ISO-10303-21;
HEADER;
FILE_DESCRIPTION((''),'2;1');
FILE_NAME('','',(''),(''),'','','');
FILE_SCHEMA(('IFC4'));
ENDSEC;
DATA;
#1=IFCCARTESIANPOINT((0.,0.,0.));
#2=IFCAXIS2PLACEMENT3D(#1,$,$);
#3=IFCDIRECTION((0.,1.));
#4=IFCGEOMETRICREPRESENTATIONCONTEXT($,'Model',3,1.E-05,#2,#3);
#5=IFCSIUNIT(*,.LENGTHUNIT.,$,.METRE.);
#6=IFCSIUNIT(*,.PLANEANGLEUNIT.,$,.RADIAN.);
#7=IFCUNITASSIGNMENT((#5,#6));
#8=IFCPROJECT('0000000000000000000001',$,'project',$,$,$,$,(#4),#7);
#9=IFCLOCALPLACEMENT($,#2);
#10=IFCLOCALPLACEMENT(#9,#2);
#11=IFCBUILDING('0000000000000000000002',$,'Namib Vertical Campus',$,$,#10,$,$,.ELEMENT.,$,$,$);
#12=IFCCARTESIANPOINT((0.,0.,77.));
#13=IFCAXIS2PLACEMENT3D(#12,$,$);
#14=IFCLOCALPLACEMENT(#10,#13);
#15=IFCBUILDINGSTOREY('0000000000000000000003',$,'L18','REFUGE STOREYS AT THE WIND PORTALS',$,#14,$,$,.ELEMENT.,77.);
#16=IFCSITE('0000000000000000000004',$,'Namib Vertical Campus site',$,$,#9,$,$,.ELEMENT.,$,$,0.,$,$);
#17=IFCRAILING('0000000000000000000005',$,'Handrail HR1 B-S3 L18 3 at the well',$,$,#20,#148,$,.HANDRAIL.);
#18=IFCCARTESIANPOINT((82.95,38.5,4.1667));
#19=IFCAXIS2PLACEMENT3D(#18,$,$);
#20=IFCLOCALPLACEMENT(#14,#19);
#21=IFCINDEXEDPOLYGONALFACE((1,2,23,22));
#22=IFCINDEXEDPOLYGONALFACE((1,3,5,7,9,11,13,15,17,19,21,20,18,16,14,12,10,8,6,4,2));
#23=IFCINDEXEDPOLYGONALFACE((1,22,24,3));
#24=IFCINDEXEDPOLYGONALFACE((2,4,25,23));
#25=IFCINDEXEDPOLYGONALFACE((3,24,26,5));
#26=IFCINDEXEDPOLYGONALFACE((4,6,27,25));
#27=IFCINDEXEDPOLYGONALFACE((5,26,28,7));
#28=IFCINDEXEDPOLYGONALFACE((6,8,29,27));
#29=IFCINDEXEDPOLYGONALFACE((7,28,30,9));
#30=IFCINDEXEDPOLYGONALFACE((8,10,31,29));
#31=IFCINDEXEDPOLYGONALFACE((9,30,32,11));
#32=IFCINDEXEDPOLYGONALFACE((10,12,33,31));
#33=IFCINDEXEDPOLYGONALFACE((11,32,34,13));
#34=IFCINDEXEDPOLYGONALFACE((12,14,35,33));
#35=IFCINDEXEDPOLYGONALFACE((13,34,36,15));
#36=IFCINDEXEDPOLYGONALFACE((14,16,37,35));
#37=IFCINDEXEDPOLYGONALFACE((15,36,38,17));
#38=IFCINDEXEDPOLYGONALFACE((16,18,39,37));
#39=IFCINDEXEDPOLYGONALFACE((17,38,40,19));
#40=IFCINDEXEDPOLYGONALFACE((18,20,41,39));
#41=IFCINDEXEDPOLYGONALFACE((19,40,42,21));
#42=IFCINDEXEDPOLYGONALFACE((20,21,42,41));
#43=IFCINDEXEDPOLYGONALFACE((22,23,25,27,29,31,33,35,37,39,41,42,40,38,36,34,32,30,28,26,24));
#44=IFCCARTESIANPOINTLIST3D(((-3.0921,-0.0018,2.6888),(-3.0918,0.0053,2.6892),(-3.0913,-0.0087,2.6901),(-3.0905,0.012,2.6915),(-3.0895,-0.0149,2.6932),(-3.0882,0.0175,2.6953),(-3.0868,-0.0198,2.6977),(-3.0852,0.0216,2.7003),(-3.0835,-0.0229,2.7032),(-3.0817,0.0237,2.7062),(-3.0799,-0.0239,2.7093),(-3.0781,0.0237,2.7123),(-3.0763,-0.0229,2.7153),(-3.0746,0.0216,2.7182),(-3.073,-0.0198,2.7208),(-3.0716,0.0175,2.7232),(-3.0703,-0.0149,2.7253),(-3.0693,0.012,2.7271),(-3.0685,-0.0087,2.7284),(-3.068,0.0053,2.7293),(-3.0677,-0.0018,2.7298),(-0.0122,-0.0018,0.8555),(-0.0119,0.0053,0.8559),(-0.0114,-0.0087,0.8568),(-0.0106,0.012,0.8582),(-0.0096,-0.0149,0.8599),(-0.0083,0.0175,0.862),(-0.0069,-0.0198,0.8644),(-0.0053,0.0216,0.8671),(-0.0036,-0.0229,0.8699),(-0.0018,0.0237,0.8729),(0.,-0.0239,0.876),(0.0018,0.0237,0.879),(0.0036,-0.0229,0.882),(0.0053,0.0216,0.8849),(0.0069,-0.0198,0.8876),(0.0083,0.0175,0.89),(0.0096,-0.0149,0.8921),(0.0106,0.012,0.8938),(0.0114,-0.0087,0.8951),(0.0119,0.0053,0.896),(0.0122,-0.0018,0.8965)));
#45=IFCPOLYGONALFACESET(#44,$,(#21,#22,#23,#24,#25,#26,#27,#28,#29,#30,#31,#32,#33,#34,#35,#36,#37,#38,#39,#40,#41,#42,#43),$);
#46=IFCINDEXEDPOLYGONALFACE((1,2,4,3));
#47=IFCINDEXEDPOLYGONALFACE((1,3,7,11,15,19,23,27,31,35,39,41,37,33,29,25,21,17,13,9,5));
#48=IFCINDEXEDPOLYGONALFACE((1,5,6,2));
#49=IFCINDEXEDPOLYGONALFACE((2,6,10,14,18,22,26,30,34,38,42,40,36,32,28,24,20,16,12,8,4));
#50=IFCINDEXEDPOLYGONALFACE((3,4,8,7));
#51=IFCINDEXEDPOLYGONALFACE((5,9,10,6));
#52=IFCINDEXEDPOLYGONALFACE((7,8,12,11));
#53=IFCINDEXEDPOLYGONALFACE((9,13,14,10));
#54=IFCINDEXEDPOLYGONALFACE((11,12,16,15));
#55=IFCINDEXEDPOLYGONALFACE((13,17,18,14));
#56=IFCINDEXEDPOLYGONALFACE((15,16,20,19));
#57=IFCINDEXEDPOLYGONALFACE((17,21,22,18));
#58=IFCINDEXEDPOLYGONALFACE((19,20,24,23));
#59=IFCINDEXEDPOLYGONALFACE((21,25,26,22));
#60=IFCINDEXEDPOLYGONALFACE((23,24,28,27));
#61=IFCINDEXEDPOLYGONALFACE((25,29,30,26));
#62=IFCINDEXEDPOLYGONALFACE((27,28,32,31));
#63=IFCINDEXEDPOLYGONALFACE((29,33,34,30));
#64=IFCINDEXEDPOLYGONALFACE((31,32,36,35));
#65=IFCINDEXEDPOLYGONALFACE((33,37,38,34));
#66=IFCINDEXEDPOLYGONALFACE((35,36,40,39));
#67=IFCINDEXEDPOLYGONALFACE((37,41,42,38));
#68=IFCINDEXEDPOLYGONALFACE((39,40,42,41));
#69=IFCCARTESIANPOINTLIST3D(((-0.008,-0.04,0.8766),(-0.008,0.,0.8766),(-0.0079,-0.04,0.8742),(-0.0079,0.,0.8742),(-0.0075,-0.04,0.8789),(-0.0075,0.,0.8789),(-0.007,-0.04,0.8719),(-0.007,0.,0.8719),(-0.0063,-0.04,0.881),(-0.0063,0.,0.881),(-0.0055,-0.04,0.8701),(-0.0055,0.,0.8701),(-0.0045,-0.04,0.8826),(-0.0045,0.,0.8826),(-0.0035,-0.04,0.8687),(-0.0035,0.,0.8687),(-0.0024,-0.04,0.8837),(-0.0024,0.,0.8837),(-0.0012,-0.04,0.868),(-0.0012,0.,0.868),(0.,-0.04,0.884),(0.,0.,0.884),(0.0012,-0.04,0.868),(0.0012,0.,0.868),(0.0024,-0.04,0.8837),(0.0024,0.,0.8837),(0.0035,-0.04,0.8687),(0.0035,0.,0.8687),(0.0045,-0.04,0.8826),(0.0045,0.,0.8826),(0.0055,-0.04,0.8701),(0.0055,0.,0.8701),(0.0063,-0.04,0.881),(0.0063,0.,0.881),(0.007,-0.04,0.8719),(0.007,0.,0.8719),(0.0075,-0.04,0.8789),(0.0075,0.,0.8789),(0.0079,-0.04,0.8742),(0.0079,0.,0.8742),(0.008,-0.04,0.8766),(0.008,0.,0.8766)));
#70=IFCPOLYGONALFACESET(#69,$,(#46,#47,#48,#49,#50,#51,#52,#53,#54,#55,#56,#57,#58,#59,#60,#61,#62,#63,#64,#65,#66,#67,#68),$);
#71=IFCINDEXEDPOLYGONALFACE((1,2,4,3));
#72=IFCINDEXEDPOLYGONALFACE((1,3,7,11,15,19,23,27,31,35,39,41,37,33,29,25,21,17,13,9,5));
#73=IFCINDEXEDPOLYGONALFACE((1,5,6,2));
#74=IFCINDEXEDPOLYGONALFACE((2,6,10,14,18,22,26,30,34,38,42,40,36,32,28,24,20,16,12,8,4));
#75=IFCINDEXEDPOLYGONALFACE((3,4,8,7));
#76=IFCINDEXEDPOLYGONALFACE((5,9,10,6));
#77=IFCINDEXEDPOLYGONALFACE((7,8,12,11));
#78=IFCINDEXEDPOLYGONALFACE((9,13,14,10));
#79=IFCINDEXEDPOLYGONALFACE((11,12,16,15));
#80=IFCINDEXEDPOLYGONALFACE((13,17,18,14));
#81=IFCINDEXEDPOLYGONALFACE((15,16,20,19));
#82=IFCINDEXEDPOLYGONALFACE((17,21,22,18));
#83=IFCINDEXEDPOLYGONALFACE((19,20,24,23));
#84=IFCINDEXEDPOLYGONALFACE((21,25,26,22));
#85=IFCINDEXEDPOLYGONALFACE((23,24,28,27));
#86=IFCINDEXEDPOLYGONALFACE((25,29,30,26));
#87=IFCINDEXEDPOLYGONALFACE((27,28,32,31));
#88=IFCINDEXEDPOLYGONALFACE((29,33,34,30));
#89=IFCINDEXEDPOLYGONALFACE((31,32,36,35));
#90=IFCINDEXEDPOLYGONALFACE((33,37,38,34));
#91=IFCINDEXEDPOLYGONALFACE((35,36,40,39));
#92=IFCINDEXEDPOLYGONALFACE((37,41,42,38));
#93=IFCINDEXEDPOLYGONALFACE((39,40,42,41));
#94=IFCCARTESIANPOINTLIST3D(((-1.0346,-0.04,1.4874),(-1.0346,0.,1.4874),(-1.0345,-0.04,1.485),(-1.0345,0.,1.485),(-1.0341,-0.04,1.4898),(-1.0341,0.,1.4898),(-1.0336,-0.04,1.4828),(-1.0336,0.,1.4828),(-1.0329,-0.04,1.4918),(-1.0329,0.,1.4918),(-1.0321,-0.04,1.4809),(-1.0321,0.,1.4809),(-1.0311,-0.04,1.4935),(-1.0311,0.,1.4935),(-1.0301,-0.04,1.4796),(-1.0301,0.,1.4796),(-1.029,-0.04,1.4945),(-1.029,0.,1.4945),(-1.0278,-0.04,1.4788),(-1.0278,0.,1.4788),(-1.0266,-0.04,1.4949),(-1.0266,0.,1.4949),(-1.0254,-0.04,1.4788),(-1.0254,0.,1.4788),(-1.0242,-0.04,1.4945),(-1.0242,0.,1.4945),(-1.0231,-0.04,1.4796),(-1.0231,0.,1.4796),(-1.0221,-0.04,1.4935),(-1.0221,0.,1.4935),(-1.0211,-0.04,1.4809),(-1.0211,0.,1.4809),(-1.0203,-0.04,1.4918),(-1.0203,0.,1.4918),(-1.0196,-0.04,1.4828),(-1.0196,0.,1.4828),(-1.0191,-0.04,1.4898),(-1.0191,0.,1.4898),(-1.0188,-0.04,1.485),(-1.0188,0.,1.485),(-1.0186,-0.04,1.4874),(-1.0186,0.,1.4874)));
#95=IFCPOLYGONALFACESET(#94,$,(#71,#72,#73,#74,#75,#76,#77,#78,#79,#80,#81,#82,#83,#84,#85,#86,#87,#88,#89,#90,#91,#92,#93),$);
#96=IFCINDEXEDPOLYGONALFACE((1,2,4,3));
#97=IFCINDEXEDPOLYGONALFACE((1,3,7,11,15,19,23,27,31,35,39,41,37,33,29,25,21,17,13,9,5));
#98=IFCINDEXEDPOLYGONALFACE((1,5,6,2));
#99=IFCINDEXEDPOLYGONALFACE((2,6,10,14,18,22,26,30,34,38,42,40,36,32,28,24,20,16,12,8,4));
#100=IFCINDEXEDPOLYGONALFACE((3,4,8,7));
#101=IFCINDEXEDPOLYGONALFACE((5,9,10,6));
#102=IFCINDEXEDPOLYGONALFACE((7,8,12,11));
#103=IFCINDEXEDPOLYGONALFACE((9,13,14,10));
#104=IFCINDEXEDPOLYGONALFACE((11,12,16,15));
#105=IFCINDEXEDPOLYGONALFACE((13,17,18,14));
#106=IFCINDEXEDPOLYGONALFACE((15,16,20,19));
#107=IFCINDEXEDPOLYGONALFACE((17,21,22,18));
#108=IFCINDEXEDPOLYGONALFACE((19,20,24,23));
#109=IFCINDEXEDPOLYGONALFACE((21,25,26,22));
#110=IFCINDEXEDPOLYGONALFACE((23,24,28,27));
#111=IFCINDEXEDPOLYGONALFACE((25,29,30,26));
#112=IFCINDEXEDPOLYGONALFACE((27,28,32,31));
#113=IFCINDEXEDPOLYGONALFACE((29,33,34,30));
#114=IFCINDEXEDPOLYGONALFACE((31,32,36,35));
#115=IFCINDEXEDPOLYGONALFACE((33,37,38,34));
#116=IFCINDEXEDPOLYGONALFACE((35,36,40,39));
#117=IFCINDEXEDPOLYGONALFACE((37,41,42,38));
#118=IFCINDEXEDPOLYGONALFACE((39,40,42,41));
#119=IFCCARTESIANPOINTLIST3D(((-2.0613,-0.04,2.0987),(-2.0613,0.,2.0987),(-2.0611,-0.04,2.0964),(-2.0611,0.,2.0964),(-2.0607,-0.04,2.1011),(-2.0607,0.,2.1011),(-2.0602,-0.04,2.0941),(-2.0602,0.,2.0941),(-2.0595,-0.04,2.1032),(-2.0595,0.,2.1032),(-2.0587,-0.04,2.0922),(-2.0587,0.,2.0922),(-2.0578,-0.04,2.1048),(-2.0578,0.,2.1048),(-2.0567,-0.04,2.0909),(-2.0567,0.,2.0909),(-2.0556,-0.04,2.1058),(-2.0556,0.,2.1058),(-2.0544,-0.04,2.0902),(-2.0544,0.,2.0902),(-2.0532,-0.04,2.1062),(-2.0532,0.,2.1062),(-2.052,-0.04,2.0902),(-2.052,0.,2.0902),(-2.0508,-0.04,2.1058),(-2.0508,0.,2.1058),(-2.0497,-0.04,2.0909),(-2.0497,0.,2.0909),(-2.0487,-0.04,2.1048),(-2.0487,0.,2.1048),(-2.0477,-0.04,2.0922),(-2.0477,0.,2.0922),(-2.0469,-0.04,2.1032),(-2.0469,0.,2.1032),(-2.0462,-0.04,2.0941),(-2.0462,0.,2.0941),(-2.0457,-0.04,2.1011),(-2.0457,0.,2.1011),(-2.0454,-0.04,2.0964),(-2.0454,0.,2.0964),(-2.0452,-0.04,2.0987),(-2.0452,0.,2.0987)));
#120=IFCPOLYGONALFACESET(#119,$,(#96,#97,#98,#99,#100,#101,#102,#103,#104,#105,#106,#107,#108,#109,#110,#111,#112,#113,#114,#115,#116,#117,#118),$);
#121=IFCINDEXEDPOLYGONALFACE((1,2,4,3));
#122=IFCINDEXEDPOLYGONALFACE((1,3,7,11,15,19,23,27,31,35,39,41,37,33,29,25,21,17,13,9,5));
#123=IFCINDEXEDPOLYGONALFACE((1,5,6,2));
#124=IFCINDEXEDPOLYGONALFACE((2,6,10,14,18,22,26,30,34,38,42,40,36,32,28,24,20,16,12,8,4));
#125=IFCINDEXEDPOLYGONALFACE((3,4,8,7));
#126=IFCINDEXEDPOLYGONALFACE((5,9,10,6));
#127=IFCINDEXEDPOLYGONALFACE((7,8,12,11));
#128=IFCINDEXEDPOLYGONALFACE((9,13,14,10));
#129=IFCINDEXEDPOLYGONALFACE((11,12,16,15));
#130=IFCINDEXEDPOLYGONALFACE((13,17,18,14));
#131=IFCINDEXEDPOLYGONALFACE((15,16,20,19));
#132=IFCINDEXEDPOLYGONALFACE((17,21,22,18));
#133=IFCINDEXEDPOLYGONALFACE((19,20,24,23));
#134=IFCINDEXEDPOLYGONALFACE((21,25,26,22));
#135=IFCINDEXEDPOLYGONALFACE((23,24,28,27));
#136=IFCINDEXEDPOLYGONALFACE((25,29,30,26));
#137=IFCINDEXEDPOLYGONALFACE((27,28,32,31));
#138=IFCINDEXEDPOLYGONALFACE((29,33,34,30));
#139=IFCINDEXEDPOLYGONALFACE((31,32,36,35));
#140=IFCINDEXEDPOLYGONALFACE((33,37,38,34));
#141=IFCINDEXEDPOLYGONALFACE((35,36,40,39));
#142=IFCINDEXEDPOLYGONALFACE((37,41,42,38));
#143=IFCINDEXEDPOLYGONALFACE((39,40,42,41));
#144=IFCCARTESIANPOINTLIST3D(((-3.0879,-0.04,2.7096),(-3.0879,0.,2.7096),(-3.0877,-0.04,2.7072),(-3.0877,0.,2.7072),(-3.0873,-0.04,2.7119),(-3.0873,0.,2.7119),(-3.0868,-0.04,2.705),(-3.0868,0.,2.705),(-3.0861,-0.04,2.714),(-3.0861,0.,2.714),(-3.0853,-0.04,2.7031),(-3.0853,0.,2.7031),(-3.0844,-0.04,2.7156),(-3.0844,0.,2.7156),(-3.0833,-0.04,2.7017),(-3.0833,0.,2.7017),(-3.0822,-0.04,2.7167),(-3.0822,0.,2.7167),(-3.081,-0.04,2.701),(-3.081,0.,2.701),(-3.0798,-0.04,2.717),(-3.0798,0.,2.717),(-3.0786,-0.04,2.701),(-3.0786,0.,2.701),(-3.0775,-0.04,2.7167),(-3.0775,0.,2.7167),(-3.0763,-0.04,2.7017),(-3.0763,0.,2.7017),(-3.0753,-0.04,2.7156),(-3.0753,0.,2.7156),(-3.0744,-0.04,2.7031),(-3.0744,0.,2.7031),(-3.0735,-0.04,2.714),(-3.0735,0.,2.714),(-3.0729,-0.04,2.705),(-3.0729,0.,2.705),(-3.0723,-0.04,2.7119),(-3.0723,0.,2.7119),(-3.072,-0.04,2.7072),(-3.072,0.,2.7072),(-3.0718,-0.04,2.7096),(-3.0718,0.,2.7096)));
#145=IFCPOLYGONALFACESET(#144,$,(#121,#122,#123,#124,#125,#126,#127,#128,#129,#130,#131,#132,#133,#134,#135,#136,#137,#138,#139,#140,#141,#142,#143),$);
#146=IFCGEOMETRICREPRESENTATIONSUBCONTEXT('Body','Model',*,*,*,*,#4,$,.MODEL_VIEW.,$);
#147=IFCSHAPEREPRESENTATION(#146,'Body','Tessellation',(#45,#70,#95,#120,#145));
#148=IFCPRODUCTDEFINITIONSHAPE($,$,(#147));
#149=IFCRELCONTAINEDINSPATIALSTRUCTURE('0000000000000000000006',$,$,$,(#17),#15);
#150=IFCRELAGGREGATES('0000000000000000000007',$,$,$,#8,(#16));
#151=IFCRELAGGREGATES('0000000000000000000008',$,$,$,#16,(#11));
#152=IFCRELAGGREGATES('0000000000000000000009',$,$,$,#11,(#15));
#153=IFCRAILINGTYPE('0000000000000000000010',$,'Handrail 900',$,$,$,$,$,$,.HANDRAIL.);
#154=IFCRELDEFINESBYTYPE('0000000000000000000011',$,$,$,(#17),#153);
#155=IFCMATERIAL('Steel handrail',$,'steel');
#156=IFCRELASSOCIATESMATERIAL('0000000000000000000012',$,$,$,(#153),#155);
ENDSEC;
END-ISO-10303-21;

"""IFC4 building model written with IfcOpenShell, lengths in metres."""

from ifc_helpers import new_model, si_unit, direction, frame, origin, origin_2d, place, context, subcontext, project, spatial, circle, extrude, material, type_object, element, save


model = new_model("IFC4")

# Units and contexts
model_context = context("Model", 3, precision=1e-05, world=origin(), true_north=direction((0.0, 1.0)))
body_context = subcontext(model_context, "Body", "Model", "MODEL_VIEW")
ifc_project = project(units=[si_unit("LENGTHUNIT", "METRE"), si_unit("PLANEANGLEUNIT", "RADIAN")], contexts=[model_context])

# Site, building, storey
site_placement = place(None, origin())
site = spatial("IfcSite", under=ifc_project, at=site_placement, Name="Namib Vertical Campus site", CompositionType="ELEMENT", RefElevation=0.0)
building_placement = place(site_placement, origin())
building = spatial("IfcBuilding", under=site, at=building_placement, Name="Namib Vertical Campus", CompositionType="ELEMENT")
storey_placement = place(building_placement, frame((0.0, 0.0, 77.0)))
storey = spatial("IfcBuildingStorey", under=building, at=storey_placement, Name="L18", Description="REFUGE STOREYS AT THE WIND PORTALS", CompositionType="ELEMENT", Elevation=77.0)

# Railing
ifc_material_1 = material(Name="Steel handrail", Category="steel")
railing_type_1 = type_object("IfcRailingType", Name="Handrail 900", PredefinedType="HANDRAIL", material=ifc_material_1)
railing_1_placement = place(storey_placement, frame((82.95, 38.5, 4.1667)))
element("IfcRailing", 1, at=railing_1_placement, inside=storey, type_object=railing_type_1, Name="Handrail HR1 B-S3 L18 3 at the well", PredefinedType="HANDRAIL", context=body_context, shape_type="SweptSolid", body=[
    extrude(circle(Radius=0.0239, at=origin_2d()), frame((0.0, 0.0, 0.876), z_axis=(-0.859291, 0.0, 0.511487), x_axis=(0.0, -1.0, 0.0)), (0.0, 0.0, 1.0), 3.5842),
    extrude(circle(Radius=0.0081, at=origin_2d()), frame((0.0, 0.0, 0.876), z_axis=(0.0, -1.0, 0.0), x_axis=(0.0, 0.0, 1.0)), (0.0, 0.0, 1.0), 0.04),
    extrude(circle(Radius=0.0081, at=origin_2d()), frame((-1.0266, 0.0, 1.4868), z_axis=(0.0, -1.0, 0.0), x_axis=(0.0, 0.0, 1.0)), (0.0, 0.0, 1.0), 0.04),
    extrude(circle(Radius=0.0081, at=origin_2d()), frame((-2.0532, 0.0, 2.0981), z_axis=(0.0, -1.0, 0.0), x_axis=(0.0, 0.0, 1.0)), (0.0, 0.0, 1.0), 0.04),
    extrude(circle(Radius=0.0081, at=origin_2d()), frame((-3.0798, 0.0, 2.709), z_axis=(0.0, -1.0, 0.0), x_axis=(0.0, 0.0, 1.0)), (0.0, 0.0, 1.0), 0.04),
])

save(model, "model.ifc")
